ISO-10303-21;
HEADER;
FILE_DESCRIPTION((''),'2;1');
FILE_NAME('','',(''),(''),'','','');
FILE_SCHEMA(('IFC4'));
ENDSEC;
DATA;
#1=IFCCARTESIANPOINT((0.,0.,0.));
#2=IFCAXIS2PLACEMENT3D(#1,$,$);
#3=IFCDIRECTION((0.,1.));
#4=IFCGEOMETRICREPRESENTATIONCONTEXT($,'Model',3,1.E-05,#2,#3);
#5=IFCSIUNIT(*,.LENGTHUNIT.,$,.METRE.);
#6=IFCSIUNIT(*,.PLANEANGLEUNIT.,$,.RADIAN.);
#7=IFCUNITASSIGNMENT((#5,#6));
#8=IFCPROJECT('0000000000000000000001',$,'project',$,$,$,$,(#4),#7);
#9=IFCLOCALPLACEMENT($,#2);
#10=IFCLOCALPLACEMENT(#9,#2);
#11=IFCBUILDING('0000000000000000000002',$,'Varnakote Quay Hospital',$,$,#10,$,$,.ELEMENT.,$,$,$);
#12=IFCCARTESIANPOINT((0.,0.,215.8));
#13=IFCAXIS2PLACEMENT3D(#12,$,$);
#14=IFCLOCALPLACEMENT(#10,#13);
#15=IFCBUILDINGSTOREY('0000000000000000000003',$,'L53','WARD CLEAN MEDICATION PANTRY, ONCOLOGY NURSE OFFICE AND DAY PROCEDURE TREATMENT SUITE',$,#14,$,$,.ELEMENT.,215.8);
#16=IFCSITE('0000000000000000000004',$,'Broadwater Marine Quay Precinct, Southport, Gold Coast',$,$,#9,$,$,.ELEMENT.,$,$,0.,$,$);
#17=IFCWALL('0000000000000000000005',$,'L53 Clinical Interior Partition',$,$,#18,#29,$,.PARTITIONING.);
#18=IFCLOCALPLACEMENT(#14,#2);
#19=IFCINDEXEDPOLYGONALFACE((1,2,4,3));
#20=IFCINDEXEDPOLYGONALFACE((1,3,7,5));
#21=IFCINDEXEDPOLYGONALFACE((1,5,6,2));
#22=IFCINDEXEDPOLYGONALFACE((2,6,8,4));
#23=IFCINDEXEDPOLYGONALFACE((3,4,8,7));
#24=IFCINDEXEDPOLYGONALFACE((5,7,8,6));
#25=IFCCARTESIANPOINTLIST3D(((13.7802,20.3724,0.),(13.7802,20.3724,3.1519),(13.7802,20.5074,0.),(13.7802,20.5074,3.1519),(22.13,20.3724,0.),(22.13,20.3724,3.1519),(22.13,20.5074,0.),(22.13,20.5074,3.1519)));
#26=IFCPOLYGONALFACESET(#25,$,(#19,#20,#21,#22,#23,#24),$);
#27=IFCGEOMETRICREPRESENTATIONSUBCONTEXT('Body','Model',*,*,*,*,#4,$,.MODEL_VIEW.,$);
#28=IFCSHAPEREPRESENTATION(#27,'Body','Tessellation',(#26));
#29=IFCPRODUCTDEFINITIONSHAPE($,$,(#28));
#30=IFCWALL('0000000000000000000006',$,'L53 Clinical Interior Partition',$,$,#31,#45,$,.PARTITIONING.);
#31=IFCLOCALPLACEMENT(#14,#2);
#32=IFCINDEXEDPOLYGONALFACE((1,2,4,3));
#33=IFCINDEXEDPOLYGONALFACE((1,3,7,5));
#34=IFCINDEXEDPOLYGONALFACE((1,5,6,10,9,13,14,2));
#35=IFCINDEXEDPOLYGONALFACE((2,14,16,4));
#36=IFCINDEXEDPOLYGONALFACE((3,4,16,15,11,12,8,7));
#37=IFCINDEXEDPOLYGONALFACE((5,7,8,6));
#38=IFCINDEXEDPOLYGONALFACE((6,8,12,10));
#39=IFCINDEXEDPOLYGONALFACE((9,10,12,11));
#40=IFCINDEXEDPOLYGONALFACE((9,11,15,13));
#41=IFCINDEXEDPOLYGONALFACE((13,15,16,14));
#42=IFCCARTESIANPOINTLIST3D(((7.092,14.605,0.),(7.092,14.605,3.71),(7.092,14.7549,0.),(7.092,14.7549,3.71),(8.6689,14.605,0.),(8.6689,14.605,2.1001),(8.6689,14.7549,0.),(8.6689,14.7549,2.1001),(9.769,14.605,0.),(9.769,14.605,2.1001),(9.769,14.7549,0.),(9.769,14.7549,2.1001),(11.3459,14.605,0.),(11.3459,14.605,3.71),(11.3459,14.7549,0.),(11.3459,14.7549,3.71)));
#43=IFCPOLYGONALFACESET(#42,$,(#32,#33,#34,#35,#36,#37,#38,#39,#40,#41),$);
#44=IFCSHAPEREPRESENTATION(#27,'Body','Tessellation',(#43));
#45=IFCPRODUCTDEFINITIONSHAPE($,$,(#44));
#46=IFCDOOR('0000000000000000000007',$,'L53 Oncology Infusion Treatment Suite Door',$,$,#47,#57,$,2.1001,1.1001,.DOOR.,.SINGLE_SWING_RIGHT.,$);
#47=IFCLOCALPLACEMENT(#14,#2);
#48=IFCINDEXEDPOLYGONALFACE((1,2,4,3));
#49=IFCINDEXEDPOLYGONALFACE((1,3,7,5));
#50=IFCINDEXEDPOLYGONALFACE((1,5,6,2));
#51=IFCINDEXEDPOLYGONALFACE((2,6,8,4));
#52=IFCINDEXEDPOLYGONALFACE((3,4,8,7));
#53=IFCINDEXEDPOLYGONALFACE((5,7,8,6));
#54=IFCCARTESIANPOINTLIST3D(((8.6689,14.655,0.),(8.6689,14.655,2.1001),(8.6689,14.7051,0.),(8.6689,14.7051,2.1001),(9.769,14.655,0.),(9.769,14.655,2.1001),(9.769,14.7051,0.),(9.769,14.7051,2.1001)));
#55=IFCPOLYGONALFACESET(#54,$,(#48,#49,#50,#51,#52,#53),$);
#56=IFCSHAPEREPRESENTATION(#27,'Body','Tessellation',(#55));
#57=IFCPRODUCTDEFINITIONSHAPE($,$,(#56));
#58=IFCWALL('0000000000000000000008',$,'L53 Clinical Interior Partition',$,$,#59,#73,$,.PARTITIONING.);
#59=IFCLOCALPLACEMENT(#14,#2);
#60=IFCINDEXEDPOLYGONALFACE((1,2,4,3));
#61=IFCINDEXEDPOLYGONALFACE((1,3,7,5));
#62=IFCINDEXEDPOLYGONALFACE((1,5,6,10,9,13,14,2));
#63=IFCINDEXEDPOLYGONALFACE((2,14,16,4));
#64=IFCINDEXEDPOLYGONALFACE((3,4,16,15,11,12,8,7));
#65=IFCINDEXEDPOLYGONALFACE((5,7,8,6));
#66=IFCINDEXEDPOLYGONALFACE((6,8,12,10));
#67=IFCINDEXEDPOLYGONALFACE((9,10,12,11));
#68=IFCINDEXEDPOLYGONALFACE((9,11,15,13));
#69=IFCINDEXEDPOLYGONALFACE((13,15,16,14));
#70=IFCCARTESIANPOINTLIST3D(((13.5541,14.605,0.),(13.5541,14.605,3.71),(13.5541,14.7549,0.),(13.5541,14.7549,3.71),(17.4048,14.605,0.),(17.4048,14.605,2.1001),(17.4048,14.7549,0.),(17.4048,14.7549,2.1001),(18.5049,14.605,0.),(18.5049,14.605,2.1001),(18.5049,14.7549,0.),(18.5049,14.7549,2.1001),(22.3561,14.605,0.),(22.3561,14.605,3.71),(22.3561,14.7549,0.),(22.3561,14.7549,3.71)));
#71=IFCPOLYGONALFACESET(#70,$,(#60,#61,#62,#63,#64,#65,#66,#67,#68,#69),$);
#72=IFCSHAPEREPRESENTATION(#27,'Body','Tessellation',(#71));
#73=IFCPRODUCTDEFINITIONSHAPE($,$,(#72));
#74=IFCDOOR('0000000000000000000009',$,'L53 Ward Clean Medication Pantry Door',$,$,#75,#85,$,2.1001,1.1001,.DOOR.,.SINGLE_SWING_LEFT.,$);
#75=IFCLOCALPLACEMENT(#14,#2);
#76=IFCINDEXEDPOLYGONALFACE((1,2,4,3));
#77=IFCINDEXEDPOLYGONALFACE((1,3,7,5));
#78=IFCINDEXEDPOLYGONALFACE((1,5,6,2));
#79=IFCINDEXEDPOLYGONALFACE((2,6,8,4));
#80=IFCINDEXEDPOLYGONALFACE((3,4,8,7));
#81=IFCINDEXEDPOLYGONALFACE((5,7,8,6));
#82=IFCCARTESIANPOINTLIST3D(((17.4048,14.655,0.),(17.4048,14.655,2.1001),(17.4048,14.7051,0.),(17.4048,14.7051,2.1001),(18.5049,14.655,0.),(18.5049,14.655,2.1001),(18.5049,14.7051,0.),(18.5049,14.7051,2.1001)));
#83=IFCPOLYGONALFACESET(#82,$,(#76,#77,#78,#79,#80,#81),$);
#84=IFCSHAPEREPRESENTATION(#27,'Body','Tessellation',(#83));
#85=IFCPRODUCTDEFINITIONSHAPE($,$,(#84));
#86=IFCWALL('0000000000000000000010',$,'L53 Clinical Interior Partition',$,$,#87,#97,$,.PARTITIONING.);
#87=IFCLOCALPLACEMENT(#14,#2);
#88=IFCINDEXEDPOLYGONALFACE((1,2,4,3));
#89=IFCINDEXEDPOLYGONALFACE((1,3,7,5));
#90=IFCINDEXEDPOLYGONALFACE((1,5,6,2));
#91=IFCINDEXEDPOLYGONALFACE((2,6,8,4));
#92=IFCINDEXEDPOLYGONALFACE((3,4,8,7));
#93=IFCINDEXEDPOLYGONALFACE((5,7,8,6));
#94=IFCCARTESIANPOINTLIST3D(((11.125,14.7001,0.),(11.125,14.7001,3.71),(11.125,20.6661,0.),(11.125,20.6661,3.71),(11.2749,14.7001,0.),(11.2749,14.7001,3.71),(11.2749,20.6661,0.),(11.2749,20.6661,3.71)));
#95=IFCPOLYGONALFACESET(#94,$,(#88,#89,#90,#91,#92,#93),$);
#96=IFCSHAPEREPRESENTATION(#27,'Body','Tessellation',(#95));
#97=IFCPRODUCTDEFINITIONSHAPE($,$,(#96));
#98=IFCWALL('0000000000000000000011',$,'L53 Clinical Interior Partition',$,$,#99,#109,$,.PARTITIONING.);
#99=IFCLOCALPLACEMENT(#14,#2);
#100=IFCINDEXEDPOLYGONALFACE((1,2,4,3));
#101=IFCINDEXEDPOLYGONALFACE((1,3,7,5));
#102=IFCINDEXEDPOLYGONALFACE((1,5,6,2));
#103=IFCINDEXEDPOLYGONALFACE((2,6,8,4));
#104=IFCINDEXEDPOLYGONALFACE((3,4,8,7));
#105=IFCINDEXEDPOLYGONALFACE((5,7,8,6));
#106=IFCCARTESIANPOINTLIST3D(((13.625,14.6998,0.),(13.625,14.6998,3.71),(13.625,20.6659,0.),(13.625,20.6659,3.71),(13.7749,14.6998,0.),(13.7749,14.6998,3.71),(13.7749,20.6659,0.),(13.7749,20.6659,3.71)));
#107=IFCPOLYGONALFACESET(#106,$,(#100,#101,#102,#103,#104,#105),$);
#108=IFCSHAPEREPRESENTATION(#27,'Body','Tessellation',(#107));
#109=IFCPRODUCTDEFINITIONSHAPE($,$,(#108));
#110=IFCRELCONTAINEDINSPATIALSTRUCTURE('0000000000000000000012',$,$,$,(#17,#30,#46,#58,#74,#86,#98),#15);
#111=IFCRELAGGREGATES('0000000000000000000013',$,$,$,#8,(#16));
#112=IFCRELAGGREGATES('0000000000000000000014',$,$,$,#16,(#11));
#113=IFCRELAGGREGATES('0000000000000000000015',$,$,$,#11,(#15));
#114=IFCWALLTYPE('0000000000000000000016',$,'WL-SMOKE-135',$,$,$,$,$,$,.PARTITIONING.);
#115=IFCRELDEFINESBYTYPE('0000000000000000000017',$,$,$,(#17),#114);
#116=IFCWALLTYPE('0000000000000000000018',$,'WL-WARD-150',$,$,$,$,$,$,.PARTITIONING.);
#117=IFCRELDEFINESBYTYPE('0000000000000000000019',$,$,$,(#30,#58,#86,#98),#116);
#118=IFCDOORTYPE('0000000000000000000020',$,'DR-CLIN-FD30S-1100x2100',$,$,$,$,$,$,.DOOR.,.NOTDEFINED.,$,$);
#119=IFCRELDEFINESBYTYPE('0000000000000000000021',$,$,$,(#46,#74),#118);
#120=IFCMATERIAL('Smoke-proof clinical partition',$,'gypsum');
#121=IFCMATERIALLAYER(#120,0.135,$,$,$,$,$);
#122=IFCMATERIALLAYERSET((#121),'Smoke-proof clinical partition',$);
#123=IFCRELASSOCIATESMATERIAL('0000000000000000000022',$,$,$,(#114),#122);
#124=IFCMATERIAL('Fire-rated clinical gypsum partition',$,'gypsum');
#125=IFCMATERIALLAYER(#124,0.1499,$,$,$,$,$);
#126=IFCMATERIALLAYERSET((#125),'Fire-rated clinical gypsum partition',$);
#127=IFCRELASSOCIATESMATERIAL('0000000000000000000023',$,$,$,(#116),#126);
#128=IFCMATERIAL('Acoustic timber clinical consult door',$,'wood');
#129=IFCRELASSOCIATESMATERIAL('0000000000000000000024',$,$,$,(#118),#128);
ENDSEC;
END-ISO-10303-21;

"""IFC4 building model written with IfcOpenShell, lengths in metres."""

from ifc_helpers import new_model, si_unit, direction, frame, frame_2d, origin, place, context, subcontext, project, spatial, rectangle, extrude, material, layer, layer_set, type_object, element, fill, save


model = new_model("IFC4")

# Units and contexts
model_context = context("Model", 3, precision=1e-05, world=origin(), true_north=direction((0.0, 1.0)))
body_context = subcontext(model_context, "Body", "Model", "MODEL_VIEW")
ifc_project = project(units=[si_unit("LENGTHUNIT", "METRE"), si_unit("PLANEANGLEUNIT", "RADIAN")], contexts=[model_context])

# Site, building, storey
site_placement = place(None, origin())
site = spatial("IfcSite", under=ifc_project, at=site_placement, Name="Broadwater Marine Quay Precinct, Southport, Gold Coast", CompositionType="ELEMENT", RefElevation=0.0)
building_placement = place(site_placement, origin())
building = spatial("IfcBuilding", under=site, at=building_placement, Name="Varnakote Quay Hospital", CompositionType="ELEMENT")
storey_placement = place(building_placement, frame((0.0, 0.0, 215.8)))
storey = spatial("IfcBuildingStorey", under=building, at=storey_placement, Name="L53", Description="WARD CLEAN MEDICATION PANTRY, ONCOLOGY NURSE OFFICE AND DAY PROCEDURE TREATMENT SUITE", CompositionType="ELEMENT", Elevation=215.8)

# Wall
ifc_material_1 = material(Name="Smoke-proof clinical partition", Category="gypsum")
ifc_layer_1 = layer(ifc_material_1, 0.135)
ifc_layer_set_1 = layer_set([ifc_layer_1], Name="Smoke-proof clinical partition")
wall_type_1 = type_object("IfcWallType", Name="WL-SMOKE-135", PredefinedType="PARTITIONING", material=ifc_layer_set_1)
wall_1_placement = place(storey_placement, frame((22.1299, 20.4399, 0.0), z_axis=(0.0, 0.0, 1.0), x_axis=(-1.0, 0.0, 0.0)))
element("IfcWall", 1, at=wall_1_placement, inside=storey, type_object=wall_type_1, Name="L53 Clinical Interior Partition", PredefinedType="PARTITIONING", context=body_context, shape_type="SweptSolid", body=[
    extrude(rectangle(XDim=8.3499, YDim=0.135, at=frame_2d((4.1748, 0.0))), origin(), (0.0, 0.0, 1.0), 3.1519),
])

# Walls, openings, doors
ifc_material_2 = material(Name="Fire-rated clinical gypsum partition", Category="gypsum")
ifc_layer_2 = layer(ifc_material_2, 0.1499)
ifc_layer_set_2 = layer_set([ifc_layer_2], Name="Fire-rated clinical gypsum partition")
wall_type_2 = type_object("IfcWallType", Name="WL-WARD-150", PredefinedType="PARTITIONING", material=ifc_layer_set_2)
wall_2_placement = place(storey_placement, frame((11.3459, 14.6799, 0.0), z_axis=(0.0, 0.0, 1.0), x_axis=(-1.0, 0.0, 0.0)))
wall_2 = element("IfcWall", 2, at=wall_2_placement, inside=storey, type_object=wall_type_2, Name="L53 Clinical Interior Partition", PredefinedType="PARTITIONING", context=body_context, shape_type="SweptSolid", body=[
    extrude(rectangle(XDim=4.2539, YDim=0.1499, at=frame_2d((2.127, 0.0))), origin(), (0.0, 0.0, 1.0), 3.71),
])
opening_1_placement = place(wall_2_placement, frame((1.5769, 0.0, 0.0)))
opening_1 = element("IfcOpeningElement", 3, at=opening_1_placement, cuts=wall_2, PredefinedType="OPENING", context=body_context, shape_type="SweptSolid", body=[
    extrude(rectangle(XDim=1.1001, YDim=2.1001, at=frame_2d((0.55, 1.05))), frame((0.0, 0.085, 0.0), z_axis=(0.0, -1.0, 0.0), x_axis=(1.0, 0.0, 0.0)), (0.0, 0.0, 1.0), 0.1699),
])
ifc_material_3 = material(Name="Acoustic timber clinical consult door", Category="wood")
door_type_1 = type_object("IfcDoorType", Name="DR-CLIN-FD30S-1100x2100", OperationType="NOTDEFINED", PredefinedType="DOOR", material=ifc_material_3)
door_1_placement = place(opening_1_placement, origin())
door_1 = element("IfcDoor", 4, at=door_1_placement, inside=storey, type_object=door_type_1, Name="L53 Oncology Infusion Treatment Suite Door", OperationType="SINGLE_SWING_RIGHT", OverallHeight=2.1001, OverallWidth=1.1001, PredefinedType="DOOR", context=body_context, shape_type="SweptSolid", body=[
    extrude(rectangle(XDim=1.1001, YDim=2.1001, at=frame_2d((0.55, 1.05))), frame((0.0, 0.0249, 0.0), z_axis=(0.0, -1.0, 0.0), x_axis=(1.0, 0.0, 0.0)), (0.0, 0.0, 1.0), 0.05),
])
fill(opening_1, door_1)
wall_3_placement = place(storey_placement, frame((22.356, 14.6799, 0.0), z_axis=(0.0, 0.0, 1.0), x_axis=(-1.0, 0.0, 0.0)))
wall_3 = element("IfcWall", 5, at=wall_3_placement, inside=storey, type_object=wall_type_2, Name="L53 Clinical Interior Partition", PredefinedType="PARTITIONING", context=body_context, shape_type="SweptSolid", body=[
    extrude(rectangle(XDim=8.802, YDim=0.1499, at=frame_2d((4.4009, 0.0))), origin(), (0.0, 0.0, 1.0), 3.71),
])
opening_2_placement = place(wall_3_placement, frame((3.8511, 0.0, 0.0)))
opening_2 = element("IfcOpeningElement", 6, at=opening_2_placement, cuts=wall_3, PredefinedType="OPENING", context=body_context, shape_type="SweptSolid", body=[
    extrude(rectangle(XDim=1.1001, YDim=2.1001, at=frame_2d((0.55, 1.05))), frame((0.0, 0.085, 0.0), z_axis=(0.0, -1.0, 0.0), x_axis=(1.0, 0.0, 0.0)), (0.0, 0.0, 1.0), 0.1699),
])
door_2_placement = place(opening_2_placement, origin())
door_2 = element("IfcDoor", 7, at=door_2_placement, inside=storey, type_object=door_type_1, Name="L53 Ward Clean Medication Pantry Door", OperationType="SINGLE_SWING_LEFT", OverallHeight=2.1001, OverallWidth=1.1001, PredefinedType="DOOR", context=body_context, shape_type="SweptSolid", body=[
    extrude(rectangle(XDim=1.1001, YDim=2.1001, at=frame_2d((0.55, 1.05))), frame((0.0, 0.0249, 0.0), z_axis=(0.0, -1.0, 0.0), x_axis=(1.0, 0.0, 0.0)), (0.0, 0.0, 1.0), 0.05),
])
fill(opening_2, door_2)

# Walls
for number, where, z_axis, x_axis, name in (
    (8, (11.2, 20.666, 0.0), (0.0, 0.0, 1.0), (0.0, -1.0, 0.0), "L53 Clinical Interior Partition"),
    (9, (13.7, 14.7, 0.0), (0.0, 0.0, 1.0), (0.0, 1.0, 0.0), "L53 Clinical Interior Partition"),
):
    element("IfcWall", number, at=place(storey_placement, frame(where, z_axis=z_axis, x_axis=x_axis)), inside=storey, type_object=wall_type_2, Name=name, PredefinedType="PARTITIONING", context=body_context, shape_type="SweptSolid", body=[
        extrude(rectangle(XDim=5.9661, YDim=0.1499, at=frame_2d((2.9829, 0.0))), origin(), (0.0, 0.0, 1.0), 3.71),
    ])

save(model, "model.ifc")
